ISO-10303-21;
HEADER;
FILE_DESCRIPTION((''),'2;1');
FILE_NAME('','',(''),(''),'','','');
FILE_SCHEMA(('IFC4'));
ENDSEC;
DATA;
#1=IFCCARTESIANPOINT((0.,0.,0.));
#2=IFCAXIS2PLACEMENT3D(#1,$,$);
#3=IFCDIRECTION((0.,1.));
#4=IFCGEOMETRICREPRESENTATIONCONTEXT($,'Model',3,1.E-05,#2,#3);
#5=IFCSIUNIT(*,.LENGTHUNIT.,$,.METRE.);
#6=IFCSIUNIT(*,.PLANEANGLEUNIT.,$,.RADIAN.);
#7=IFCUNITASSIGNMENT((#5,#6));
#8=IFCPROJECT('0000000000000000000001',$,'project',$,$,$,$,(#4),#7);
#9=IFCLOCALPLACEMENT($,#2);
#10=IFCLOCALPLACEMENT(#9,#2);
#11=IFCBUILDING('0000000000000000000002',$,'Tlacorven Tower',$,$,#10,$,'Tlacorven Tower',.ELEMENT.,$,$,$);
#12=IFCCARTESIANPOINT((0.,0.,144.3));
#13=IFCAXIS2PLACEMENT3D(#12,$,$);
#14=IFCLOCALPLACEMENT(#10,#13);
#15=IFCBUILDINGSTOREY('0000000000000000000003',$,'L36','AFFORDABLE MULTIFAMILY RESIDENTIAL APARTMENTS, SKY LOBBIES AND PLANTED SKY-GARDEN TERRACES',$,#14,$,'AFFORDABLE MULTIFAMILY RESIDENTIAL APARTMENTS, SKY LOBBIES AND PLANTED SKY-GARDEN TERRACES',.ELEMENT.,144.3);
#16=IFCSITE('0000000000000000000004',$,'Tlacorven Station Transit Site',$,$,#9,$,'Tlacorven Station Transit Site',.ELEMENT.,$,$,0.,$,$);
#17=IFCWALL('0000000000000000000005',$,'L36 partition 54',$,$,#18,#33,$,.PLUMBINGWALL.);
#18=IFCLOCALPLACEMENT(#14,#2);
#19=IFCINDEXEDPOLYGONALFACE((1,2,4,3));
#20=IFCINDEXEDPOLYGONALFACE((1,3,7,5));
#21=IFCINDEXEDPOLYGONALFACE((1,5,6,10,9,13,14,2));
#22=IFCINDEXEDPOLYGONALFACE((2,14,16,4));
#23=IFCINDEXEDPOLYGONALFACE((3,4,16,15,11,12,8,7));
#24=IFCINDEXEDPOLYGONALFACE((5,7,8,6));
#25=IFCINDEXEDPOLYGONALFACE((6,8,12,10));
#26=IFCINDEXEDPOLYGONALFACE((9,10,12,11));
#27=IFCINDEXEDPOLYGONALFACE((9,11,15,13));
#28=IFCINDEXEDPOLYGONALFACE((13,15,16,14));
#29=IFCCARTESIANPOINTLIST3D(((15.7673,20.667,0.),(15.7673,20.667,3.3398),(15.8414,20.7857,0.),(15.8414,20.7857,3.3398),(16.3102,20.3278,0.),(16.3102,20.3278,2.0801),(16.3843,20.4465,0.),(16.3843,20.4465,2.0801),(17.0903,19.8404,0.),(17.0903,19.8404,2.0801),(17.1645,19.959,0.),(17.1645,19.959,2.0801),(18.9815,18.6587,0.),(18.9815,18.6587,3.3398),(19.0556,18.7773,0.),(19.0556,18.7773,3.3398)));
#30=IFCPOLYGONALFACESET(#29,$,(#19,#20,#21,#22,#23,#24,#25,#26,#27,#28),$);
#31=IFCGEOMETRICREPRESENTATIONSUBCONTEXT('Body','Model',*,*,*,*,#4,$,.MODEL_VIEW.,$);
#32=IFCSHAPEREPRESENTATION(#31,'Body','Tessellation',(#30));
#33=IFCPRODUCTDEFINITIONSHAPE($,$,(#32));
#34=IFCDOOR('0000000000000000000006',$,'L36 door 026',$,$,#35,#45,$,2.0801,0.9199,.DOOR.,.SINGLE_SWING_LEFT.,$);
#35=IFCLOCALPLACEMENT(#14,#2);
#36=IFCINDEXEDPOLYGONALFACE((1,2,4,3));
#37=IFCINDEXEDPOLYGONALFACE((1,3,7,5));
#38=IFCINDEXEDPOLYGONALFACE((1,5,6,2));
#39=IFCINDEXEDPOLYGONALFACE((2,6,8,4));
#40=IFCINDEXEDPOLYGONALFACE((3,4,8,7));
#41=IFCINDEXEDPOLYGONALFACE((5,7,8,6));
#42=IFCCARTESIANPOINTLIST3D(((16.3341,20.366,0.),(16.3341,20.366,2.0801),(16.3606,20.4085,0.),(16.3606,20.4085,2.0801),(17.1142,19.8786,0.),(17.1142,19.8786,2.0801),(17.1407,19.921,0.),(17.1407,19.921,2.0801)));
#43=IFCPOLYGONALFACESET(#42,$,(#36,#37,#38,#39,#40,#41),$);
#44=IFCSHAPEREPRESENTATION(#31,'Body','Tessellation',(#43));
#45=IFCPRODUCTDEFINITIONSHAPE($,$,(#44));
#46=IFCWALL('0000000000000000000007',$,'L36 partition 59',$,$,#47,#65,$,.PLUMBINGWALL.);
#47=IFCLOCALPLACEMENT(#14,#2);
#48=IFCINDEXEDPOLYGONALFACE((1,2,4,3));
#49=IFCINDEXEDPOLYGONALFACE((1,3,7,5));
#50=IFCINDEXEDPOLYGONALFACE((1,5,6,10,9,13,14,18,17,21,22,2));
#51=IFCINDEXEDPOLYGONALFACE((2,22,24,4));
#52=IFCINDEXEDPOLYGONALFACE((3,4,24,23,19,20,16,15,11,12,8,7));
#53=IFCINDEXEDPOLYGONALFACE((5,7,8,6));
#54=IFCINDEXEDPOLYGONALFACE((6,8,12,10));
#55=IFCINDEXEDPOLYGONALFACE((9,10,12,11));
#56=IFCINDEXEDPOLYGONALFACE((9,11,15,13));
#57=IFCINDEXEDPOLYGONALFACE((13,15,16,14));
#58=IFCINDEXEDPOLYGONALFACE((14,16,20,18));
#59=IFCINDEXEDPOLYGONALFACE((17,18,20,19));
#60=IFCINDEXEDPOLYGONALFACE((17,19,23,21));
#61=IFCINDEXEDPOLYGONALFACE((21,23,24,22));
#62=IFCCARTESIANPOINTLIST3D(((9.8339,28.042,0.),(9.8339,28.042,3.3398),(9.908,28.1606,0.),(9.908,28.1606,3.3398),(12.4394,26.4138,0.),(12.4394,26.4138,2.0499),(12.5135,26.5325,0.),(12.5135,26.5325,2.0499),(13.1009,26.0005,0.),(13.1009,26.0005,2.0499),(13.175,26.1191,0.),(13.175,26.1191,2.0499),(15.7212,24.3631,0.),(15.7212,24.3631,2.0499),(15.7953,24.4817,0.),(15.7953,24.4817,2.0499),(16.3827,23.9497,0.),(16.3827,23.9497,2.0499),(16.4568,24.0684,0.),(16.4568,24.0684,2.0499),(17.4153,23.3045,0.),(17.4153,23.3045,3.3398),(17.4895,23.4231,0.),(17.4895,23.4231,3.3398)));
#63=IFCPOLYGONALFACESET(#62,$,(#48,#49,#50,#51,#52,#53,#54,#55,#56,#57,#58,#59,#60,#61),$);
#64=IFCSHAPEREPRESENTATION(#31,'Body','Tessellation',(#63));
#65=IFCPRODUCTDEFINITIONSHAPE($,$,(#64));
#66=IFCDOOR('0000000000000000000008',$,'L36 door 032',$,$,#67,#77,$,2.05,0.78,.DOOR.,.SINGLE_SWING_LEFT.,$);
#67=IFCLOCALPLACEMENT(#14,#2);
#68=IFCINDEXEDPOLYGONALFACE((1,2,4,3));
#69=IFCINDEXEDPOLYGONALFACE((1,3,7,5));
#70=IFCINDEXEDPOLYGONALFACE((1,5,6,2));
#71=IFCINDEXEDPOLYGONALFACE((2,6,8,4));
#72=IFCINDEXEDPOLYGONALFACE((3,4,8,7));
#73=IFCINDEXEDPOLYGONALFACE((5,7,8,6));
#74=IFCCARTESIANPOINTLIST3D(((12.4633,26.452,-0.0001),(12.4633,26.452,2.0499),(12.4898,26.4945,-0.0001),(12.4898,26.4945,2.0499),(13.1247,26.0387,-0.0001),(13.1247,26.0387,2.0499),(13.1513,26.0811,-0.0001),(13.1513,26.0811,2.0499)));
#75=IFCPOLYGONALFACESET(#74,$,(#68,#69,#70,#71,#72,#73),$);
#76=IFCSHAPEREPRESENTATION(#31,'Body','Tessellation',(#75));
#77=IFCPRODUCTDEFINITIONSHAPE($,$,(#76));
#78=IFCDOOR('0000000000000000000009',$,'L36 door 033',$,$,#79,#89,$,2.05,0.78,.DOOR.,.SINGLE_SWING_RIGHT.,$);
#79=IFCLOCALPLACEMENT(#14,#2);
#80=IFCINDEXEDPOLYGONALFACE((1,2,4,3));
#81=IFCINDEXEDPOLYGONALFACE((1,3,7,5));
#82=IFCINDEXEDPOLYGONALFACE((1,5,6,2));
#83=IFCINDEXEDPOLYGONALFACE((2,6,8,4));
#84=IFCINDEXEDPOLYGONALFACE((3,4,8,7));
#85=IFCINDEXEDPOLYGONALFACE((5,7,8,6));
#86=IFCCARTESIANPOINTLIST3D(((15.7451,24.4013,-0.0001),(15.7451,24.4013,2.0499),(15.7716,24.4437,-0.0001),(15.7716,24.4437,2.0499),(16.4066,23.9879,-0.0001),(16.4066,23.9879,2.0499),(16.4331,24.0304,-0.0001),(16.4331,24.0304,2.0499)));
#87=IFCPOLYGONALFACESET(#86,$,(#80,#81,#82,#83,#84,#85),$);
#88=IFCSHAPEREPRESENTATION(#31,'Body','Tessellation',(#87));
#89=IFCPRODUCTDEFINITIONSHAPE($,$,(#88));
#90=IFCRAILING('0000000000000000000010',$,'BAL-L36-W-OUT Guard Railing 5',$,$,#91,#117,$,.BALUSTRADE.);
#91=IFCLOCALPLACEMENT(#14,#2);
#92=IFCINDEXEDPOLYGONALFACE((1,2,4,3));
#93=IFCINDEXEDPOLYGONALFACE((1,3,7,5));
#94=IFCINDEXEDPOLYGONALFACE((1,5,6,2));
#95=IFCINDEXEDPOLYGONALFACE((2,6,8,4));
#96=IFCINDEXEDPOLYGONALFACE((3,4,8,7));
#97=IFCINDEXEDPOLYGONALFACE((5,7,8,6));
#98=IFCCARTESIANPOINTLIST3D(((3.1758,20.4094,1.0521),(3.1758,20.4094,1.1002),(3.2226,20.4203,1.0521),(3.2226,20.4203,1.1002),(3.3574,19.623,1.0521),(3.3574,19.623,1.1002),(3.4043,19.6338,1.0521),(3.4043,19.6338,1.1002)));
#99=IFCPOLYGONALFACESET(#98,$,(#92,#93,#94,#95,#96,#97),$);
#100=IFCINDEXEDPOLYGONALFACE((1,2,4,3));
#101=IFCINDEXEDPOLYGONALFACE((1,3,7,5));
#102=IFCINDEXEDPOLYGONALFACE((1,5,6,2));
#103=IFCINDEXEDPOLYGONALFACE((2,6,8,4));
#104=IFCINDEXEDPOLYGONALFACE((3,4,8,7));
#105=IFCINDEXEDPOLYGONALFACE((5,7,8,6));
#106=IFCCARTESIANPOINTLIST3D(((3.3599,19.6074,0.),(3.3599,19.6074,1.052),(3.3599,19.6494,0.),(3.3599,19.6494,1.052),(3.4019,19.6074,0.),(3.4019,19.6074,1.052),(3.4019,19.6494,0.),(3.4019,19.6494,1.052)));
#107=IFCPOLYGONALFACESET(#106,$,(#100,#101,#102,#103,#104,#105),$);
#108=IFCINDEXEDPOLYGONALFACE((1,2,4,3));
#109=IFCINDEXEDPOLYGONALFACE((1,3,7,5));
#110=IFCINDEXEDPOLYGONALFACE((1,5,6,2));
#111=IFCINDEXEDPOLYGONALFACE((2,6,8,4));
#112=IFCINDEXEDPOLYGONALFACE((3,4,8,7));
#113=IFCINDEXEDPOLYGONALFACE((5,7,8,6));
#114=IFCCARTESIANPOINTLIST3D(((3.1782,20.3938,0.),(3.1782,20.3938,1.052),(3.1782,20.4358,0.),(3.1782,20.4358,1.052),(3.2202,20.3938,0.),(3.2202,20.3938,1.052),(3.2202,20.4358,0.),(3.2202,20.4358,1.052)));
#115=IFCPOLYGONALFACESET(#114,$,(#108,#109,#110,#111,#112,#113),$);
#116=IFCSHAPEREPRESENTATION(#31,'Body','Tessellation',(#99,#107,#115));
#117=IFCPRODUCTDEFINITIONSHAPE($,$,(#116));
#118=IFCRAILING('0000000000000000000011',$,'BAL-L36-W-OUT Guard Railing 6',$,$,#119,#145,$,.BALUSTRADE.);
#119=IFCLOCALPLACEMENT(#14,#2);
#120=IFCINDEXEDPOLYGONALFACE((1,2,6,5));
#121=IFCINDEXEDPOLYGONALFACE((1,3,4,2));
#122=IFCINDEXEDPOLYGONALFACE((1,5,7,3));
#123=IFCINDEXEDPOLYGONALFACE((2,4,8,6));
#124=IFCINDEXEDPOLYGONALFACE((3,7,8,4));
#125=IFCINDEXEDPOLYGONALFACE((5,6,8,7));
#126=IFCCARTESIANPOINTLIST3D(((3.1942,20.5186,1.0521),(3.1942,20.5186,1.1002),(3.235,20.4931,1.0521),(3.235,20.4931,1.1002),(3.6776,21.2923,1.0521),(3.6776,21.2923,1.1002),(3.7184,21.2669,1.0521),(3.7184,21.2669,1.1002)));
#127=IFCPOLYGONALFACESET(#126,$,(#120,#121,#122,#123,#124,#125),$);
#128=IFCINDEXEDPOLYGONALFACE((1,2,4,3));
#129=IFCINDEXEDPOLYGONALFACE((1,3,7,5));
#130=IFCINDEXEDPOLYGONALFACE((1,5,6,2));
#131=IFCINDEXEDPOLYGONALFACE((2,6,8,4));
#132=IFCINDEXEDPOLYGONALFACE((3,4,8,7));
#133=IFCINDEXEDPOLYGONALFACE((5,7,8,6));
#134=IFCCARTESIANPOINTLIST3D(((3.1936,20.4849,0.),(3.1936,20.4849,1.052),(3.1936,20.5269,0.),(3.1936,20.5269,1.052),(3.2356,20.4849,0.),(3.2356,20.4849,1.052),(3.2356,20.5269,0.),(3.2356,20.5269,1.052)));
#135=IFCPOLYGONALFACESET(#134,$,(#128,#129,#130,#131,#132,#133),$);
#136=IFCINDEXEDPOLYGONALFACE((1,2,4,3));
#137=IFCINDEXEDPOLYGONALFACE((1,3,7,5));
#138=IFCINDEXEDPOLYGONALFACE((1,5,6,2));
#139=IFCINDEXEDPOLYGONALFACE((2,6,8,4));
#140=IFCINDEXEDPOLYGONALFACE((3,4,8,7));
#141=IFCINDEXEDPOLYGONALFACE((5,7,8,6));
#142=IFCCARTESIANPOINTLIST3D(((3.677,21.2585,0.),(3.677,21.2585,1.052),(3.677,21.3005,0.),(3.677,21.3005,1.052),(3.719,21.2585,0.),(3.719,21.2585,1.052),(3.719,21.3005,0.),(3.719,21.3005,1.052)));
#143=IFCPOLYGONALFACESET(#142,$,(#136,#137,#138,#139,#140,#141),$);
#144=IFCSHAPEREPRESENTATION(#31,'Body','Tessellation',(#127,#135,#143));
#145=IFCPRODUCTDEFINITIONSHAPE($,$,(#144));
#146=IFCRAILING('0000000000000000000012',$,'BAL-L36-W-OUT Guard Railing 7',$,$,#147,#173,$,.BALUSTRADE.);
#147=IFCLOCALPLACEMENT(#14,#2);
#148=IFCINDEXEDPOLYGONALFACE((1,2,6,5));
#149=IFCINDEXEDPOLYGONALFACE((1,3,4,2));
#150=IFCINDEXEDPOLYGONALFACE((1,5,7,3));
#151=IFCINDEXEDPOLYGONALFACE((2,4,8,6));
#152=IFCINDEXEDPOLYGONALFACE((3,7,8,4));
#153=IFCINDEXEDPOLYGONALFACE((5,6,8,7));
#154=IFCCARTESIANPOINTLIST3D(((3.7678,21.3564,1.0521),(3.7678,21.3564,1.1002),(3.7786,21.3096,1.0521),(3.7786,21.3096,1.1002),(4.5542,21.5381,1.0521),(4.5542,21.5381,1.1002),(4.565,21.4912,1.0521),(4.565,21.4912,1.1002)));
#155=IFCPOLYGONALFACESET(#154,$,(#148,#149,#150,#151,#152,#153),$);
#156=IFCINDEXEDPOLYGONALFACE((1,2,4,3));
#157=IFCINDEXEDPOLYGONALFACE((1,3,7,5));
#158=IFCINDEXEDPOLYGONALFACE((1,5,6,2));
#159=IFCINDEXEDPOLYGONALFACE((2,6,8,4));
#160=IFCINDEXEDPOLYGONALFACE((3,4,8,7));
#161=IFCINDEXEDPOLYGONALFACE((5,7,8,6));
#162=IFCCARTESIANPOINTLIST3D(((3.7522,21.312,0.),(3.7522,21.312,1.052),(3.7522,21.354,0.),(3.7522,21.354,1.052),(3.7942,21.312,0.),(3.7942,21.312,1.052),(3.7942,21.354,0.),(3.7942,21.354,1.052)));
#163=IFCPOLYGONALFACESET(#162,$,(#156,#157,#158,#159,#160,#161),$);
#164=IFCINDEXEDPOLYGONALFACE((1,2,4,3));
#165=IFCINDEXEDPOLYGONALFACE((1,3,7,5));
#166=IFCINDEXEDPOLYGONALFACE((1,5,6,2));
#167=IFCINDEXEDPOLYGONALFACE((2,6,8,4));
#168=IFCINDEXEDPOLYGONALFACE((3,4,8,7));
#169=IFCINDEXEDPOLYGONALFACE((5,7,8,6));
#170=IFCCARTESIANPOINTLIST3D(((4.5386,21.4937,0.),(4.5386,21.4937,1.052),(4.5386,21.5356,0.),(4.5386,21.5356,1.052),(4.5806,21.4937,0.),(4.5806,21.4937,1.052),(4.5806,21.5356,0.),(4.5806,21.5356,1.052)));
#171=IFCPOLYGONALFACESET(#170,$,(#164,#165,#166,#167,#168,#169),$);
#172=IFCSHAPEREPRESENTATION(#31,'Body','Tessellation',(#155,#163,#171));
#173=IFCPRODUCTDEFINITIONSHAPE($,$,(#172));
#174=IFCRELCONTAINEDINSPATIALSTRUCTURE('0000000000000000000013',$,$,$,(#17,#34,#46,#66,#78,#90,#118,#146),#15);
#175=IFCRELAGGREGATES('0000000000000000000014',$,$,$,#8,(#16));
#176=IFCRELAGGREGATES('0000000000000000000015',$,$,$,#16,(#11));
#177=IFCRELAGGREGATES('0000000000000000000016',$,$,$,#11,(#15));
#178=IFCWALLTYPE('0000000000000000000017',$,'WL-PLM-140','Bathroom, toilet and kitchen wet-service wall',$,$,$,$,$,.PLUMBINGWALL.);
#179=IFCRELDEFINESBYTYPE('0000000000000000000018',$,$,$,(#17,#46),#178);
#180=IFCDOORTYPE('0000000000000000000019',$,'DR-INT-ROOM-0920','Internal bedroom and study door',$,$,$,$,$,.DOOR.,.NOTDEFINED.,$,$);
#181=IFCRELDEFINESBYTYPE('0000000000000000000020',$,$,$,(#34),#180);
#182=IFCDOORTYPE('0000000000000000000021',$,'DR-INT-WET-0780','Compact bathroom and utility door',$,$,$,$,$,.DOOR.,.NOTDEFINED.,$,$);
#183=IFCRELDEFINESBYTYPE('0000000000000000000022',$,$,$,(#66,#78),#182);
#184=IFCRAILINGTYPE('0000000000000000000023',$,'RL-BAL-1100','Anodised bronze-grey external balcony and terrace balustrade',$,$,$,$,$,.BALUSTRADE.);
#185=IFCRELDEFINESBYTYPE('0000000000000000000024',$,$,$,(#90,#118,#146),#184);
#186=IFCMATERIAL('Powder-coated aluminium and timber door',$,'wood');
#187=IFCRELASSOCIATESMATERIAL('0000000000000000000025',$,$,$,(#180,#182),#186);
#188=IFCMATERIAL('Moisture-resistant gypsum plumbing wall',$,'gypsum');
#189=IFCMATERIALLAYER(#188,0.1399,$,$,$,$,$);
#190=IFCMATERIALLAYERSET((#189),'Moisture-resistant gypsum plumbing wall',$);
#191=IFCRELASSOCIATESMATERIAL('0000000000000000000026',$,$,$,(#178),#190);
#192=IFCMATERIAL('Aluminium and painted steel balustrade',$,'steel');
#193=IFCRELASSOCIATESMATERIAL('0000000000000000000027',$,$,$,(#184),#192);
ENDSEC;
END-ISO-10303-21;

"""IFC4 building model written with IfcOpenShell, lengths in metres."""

from ifc_helpers import new_model, si_unit, direction, frame, frame_2d, origin, origin_2d, place, context, subcontext, project, spatial, rectangle, extrude, source, transform, mapped, material, layer, layer_set, type_object, element, fill, save


model = new_model("IFC4")

# Units and contexts
model_context = context("Model", 3, precision=1e-05, world=origin(), true_north=direction((0.0, 1.0)))
body_context = subcontext(model_context, "Body", "Model", "MODEL_VIEW")
ifc_project = project(units=[si_unit("LENGTHUNIT", "METRE"), si_unit("PLANEANGLEUNIT", "RADIAN")], contexts=[model_context])

# Site, building, storey
site_placement = place(None, origin())
site = spatial("IfcSite", under=ifc_project, at=site_placement, Name="Tlacorven Station Transit Site", LongName="Tlacorven Station Transit Site", CompositionType="ELEMENT", RefElevation=0.0)
building_placement = place(site_placement, origin())
building = spatial("IfcBuilding", under=site, at=building_placement, Name="Tlacorven Tower", LongName="Tlacorven Tower", CompositionType="ELEMENT")
storey_placement = place(building_placement, frame((0.0, 0.0, 144.3)))
storey = spatial("IfcBuildingStorey", under=building, at=storey_placement, Name="L36", Description="AFFORDABLE MULTIFAMILY RESIDENTIAL APARTMENTS, SKY LOBBIES AND PLANTED SKY-GARDEN TERRACES", LongName="AFFORDABLE MULTIFAMILY RESIDENTIAL APARTMENTS, SKY LOBBIES AND PLANTED SKY-GARDEN TERRACES", CompositionType="ELEMENT", Elevation=144.3)

# Shared definitions
ifc_material_1 = material(Name="Powder-coated aluminium and timber door", Category="wood")
door_type_1 = type_object("IfcDoorType", Name="DR-INT-ROOM-0920", Description="Internal bedroom and study door", OperationType="NOTDEFINED", PredefinedType="DOOR", material=ifc_material_1)
shared_shape_1 = source(origin(), body_context, "Body", "SweptSolid", [
    extrude(rectangle(XDim=0.9199, YDim=2.0801, at=frame_2d((0.46, 1.04))), frame((0.0, 0.0249, 0.0), z_axis=(0.0, -1.0, 0.0), x_axis=(1.0, 0.0, 0.0)), (0.0, 0.0, 1.0), 0.05),
])

# Wall, opening, door
ifc_material_2 = material(Name="Moisture-resistant gypsum plumbing wall", Category="gypsum")
ifc_layer_1 = layer(ifc_material_2, 0.1399)
ifc_layer_set_1 = layer_set([ifc_layer_1], Name="Moisture-resistant gypsum plumbing wall")
wall_type_1 = type_object("IfcWallType", Name="WL-PLM-140", Description="Bathroom, toilet and kitchen wet-service wall", PredefinedType="PLUMBINGWALL", material=ifc_layer_set_1)
wall_1_placement = place(storey_placement, frame((19.0186, 18.718, 0.0), z_axis=(0.0, 0.0, 1.0), x_axis=(-0.84806, 0.529901, 0.0)))
wall_1 = element("IfcWall", 1, at=wall_1_placement, inside=storey, type_object=wall_type_1, Name="L36 partition 54", PredefinedType="PLUMBINGWALL", context=body_context, shape_type="SweptSolid", body=[
    extrude(rectangle(XDim=3.79, YDim=0.1399, at=frame_2d((1.895, 0.0))), origin(), (0.0, 0.0, 1.0), 3.3398),
])
opening_1_placement = place(wall_1_placement, frame((2.23, 0.0, 0.0)))
opening_1 = element("IfcOpeningElement", 2, at=opening_1_placement, cuts=wall_1, PredefinedType="OPENING", context=body_context, shape_type="SweptSolid", body=[
    extrude(rectangle(XDim=0.9199, YDim=2.0801, at=frame_2d((0.46, 1.04))), frame((0.0, 0.0801, 0.0), z_axis=(0.0, -1.0, 0.0), x_axis=(1.0, 0.0, 0.0)), (0.0, 0.0, 1.0), 0.1599),
])
door_1_placement = place(opening_1_placement, origin())
door_1 = element("IfcDoor", 3, at=door_1_placement, inside=storey, type_object=door_type_1, Name="L36 door 026", OperationType="SINGLE_SWING_LEFT", OverallHeight=2.0801, OverallWidth=0.9199, PredefinedType="DOOR", context=body_context, shape_type="MappedRepresentation", body=[
    mapped(shared_shape_1, transform((0.0, 0.0, 0.0), scale=1.0)),
])
fill(opening_1, door_1)

# Wall, openings, doors
wall_2_placement = place(storey_placement, frame((17.4524, 23.3638, 0.0), z_axis=(0.0, 0.0, 1.0), x_axis=(-0.848044, 0.529925, 0.0)))
wall_2 = element("IfcWall", 4, at=wall_2_placement, inside=storey, type_object=wall_type_1, Name="L36 partition 59", PredefinedType="PLUMBINGWALL", context=body_context, shape_type="SweptSolid", body=[
    extrude(rectangle(XDim=8.9399, YDim=0.1399, at=frame_2d((4.47, 0.0))), origin(), (0.0, 0.0, 1.0), 3.3398),
])
opening_2_placement = place(wall_2_placement, frame((5.0874, 0.0, 0.0)))
opening_2 = element("IfcOpeningElement", 5, at=opening_2_placement, cuts=wall_2, PredefinedType="OPENING", context=body_context, shape_type="SweptSolid", body=[
    extrude(rectangle(XDim=0.78, YDim=2.05, at=frame_2d((0.3901, 1.0249))), frame((0.0, 0.0801, 0.0), z_axis=(0.0, -1.0, 0.0), x_axis=(1.0, 0.0, 0.0)), (0.0, 0.0, 1.0), 0.1599),
])
opening_3_placement = place(wall_2_placement, frame((1.2175, 0.0, 0.0)))
opening_3 = element("IfcOpeningElement", 6, at=opening_3_placement, cuts=wall_2, PredefinedType="OPENING", context=body_context, shape_type="SweptSolid", body=[
    extrude(rectangle(XDim=0.78, YDim=2.05, at=frame_2d((0.3901, 1.0249))), frame((0.0, 0.0801, 0.0), z_axis=(0.0, -1.0, 0.0), x_axis=(1.0, 0.0, 0.0)), (0.0, 0.0, 1.0), 0.1599),
])
door_type_2 = type_object("IfcDoorType", Name="DR-INT-WET-0780", Description="Compact bathroom and utility door", OperationType="NOTDEFINED", PredefinedType="DOOR", material=ifc_material_1)
shared_shape_2 = source(origin(), body_context, "Body", "SweptSolid", [
    extrude(rectangle(XDim=0.78, YDim=2.05, at=frame_2d((0.3901, 1.0249))), frame((0.0, 0.0249, 0.0), z_axis=(0.0, -1.0, 0.0), x_axis=(1.0, 0.0, 0.0)), (0.0, 0.0, 1.0), 0.05),
])
door_2_placement = place(opening_2_placement, origin())
door_2 = element("IfcDoor", 7, at=door_2_placement, inside=storey, type_object=door_type_2, Name="L36 door 032", OperationType="SINGLE_SWING_LEFT", OverallHeight=2.05, OverallWidth=0.78, PredefinedType="DOOR", context=body_context, shape_type="MappedRepresentation", body=[
    mapped(shared_shape_2, transform((0.0, 0.0, 0.0), scale=1.0)),
])
fill(opening_2, door_2)
door_3_placement = place(opening_3_placement, origin())
door_3 = element("IfcDoor", 8, at=door_3_placement, inside=storey, type_object=door_type_2, Name="L36 door 033", OperationType="SINGLE_SWING_RIGHT", OverallHeight=2.05, OverallWidth=0.78, PredefinedType="DOOR", context=body_context, shape_type="MappedRepresentation", body=[
    mapped(shared_shape_2, transform((0.0, 0.0, 0.0), scale=1.0)),
])
fill(opening_3, door_3)

# Railings
ifc_material_3 = material(Name="Aluminium and painted steel balustrade", Category="steel")
railing_type = type_object("IfcRailingType", Name="RL-BAL-1100", Description="Anodised bronze-grey external balcony and terrace balustrade", PredefinedType="BALUSTRADE", material=ifc_material_3)
shared_shape_3 = source(origin(), body_context, "Body", "SweptSolid", [
    extrude(rectangle(XDim=0.0481, YDim=0.0481, at=origin_2d()), frame((0.0, 0.0, 1.0762), z_axis=(-0.225058, 0.974345, 0.0), x_axis=(-0.974345, -0.225058, 0.0)), (0.0, 0.0, 1.0), 0.8071),
    extrude(rectangle(XDim=0.042, YDim=0.042, at=origin_2d()), origin(), (0.0, 0.0, 1.0), 1.052),
    extrude(rectangle(XDim=0.042, YDim=0.042, at=origin_2d()), frame((-0.1816, 0.7864, 0.0)), (0.0, 0.0, 1.0), 1.052),
])
railing_1_placement = place(storey_placement, frame((3.3809, 19.6284, 0.0)))
element("IfcRailing", 9, at=railing_1_placement, inside=storey, type_object=railing_type, Name="BAL-L36-W-OUT Guard Railing 5", PredefinedType="BALUSTRADE", context=body_context, shape_type="MappedRepresentation", body=[
    mapped(shared_shape_3, transform((0.0, 0.0, 0.0), scale=1.0)),
])
shared_shape_4 = source(origin(), body_context, "Body", "SweptSolid", [
    extrude(rectangle(XDim=0.0481, YDim=0.0481, at=origin_2d()), frame((0.0, 0.0, 1.0762), z_axis=(0.529879, 0.848073, 0.0), x_axis=(-0.848073, 0.529879, 0.0)), (0.0, 0.0, 1.0), 0.9124),
    extrude(rectangle(XDim=0.042, YDim=0.042, at=origin_2d()), origin(), (0.0, 0.0, 1.0), 1.052),
    extrude(rectangle(XDim=0.042, YDim=0.042, at=origin_2d()), frame((0.4834, 0.7737, 0.0)), (0.0, 0.0, 1.0), 1.052),
])
railing_2_placement = place(storey_placement, frame((3.2146, 20.5059, 0.0)))
element("IfcRailing", 10, at=railing_2_placement, inside=storey, type_object=railing_type, Name="BAL-L36-W-OUT Guard Railing 6", PredefinedType="BALUSTRADE", context=body_context, shape_type="MappedRepresentation", body=[
    mapped(shared_shape_4, transform((0.0, 0.0, 0.0), scale=1.0)),
])
shared_shape_5 = source(origin(), body_context, "Body", "SweptSolid", [
    extrude(rectangle(XDim=0.0481, YDim=0.0481, at=origin_2d()), frame((0.0, 0.0, 1.0762), z_axis=(0.974345, 0.225058, 0.0), x_axis=(-0.225058, 0.974345, 0.0)), (0.0, 0.0, 1.0), 0.8071),
    extrude(rectangle(XDim=0.042, YDim=0.042, at=origin_2d()), origin(), (0.0, 0.0, 1.0), 1.052),
    extrude(rectangle(XDim=0.042, YDim=0.042, at=origin_2d()), frame((0.7864, 0.1816, 0.0)), (0.0, 0.0, 1.0), 1.052),
])
railing_3_placement = place(storey_placement, frame((3.7732, 21.333, 0.0)))
element("IfcRailing", 11, at=railing_3_placement, inside=storey, type_object=railing_type, Name="BAL-L36-W-OUT Guard Railing 7", PredefinedType="BALUSTRADE", context=body_context, shape_type="MappedRepresentation", body=[
    mapped(shared_shape_5, transform((0.0, 0.0, 0.0), scale=1.0)),
])

save(model, "model.ifc")
